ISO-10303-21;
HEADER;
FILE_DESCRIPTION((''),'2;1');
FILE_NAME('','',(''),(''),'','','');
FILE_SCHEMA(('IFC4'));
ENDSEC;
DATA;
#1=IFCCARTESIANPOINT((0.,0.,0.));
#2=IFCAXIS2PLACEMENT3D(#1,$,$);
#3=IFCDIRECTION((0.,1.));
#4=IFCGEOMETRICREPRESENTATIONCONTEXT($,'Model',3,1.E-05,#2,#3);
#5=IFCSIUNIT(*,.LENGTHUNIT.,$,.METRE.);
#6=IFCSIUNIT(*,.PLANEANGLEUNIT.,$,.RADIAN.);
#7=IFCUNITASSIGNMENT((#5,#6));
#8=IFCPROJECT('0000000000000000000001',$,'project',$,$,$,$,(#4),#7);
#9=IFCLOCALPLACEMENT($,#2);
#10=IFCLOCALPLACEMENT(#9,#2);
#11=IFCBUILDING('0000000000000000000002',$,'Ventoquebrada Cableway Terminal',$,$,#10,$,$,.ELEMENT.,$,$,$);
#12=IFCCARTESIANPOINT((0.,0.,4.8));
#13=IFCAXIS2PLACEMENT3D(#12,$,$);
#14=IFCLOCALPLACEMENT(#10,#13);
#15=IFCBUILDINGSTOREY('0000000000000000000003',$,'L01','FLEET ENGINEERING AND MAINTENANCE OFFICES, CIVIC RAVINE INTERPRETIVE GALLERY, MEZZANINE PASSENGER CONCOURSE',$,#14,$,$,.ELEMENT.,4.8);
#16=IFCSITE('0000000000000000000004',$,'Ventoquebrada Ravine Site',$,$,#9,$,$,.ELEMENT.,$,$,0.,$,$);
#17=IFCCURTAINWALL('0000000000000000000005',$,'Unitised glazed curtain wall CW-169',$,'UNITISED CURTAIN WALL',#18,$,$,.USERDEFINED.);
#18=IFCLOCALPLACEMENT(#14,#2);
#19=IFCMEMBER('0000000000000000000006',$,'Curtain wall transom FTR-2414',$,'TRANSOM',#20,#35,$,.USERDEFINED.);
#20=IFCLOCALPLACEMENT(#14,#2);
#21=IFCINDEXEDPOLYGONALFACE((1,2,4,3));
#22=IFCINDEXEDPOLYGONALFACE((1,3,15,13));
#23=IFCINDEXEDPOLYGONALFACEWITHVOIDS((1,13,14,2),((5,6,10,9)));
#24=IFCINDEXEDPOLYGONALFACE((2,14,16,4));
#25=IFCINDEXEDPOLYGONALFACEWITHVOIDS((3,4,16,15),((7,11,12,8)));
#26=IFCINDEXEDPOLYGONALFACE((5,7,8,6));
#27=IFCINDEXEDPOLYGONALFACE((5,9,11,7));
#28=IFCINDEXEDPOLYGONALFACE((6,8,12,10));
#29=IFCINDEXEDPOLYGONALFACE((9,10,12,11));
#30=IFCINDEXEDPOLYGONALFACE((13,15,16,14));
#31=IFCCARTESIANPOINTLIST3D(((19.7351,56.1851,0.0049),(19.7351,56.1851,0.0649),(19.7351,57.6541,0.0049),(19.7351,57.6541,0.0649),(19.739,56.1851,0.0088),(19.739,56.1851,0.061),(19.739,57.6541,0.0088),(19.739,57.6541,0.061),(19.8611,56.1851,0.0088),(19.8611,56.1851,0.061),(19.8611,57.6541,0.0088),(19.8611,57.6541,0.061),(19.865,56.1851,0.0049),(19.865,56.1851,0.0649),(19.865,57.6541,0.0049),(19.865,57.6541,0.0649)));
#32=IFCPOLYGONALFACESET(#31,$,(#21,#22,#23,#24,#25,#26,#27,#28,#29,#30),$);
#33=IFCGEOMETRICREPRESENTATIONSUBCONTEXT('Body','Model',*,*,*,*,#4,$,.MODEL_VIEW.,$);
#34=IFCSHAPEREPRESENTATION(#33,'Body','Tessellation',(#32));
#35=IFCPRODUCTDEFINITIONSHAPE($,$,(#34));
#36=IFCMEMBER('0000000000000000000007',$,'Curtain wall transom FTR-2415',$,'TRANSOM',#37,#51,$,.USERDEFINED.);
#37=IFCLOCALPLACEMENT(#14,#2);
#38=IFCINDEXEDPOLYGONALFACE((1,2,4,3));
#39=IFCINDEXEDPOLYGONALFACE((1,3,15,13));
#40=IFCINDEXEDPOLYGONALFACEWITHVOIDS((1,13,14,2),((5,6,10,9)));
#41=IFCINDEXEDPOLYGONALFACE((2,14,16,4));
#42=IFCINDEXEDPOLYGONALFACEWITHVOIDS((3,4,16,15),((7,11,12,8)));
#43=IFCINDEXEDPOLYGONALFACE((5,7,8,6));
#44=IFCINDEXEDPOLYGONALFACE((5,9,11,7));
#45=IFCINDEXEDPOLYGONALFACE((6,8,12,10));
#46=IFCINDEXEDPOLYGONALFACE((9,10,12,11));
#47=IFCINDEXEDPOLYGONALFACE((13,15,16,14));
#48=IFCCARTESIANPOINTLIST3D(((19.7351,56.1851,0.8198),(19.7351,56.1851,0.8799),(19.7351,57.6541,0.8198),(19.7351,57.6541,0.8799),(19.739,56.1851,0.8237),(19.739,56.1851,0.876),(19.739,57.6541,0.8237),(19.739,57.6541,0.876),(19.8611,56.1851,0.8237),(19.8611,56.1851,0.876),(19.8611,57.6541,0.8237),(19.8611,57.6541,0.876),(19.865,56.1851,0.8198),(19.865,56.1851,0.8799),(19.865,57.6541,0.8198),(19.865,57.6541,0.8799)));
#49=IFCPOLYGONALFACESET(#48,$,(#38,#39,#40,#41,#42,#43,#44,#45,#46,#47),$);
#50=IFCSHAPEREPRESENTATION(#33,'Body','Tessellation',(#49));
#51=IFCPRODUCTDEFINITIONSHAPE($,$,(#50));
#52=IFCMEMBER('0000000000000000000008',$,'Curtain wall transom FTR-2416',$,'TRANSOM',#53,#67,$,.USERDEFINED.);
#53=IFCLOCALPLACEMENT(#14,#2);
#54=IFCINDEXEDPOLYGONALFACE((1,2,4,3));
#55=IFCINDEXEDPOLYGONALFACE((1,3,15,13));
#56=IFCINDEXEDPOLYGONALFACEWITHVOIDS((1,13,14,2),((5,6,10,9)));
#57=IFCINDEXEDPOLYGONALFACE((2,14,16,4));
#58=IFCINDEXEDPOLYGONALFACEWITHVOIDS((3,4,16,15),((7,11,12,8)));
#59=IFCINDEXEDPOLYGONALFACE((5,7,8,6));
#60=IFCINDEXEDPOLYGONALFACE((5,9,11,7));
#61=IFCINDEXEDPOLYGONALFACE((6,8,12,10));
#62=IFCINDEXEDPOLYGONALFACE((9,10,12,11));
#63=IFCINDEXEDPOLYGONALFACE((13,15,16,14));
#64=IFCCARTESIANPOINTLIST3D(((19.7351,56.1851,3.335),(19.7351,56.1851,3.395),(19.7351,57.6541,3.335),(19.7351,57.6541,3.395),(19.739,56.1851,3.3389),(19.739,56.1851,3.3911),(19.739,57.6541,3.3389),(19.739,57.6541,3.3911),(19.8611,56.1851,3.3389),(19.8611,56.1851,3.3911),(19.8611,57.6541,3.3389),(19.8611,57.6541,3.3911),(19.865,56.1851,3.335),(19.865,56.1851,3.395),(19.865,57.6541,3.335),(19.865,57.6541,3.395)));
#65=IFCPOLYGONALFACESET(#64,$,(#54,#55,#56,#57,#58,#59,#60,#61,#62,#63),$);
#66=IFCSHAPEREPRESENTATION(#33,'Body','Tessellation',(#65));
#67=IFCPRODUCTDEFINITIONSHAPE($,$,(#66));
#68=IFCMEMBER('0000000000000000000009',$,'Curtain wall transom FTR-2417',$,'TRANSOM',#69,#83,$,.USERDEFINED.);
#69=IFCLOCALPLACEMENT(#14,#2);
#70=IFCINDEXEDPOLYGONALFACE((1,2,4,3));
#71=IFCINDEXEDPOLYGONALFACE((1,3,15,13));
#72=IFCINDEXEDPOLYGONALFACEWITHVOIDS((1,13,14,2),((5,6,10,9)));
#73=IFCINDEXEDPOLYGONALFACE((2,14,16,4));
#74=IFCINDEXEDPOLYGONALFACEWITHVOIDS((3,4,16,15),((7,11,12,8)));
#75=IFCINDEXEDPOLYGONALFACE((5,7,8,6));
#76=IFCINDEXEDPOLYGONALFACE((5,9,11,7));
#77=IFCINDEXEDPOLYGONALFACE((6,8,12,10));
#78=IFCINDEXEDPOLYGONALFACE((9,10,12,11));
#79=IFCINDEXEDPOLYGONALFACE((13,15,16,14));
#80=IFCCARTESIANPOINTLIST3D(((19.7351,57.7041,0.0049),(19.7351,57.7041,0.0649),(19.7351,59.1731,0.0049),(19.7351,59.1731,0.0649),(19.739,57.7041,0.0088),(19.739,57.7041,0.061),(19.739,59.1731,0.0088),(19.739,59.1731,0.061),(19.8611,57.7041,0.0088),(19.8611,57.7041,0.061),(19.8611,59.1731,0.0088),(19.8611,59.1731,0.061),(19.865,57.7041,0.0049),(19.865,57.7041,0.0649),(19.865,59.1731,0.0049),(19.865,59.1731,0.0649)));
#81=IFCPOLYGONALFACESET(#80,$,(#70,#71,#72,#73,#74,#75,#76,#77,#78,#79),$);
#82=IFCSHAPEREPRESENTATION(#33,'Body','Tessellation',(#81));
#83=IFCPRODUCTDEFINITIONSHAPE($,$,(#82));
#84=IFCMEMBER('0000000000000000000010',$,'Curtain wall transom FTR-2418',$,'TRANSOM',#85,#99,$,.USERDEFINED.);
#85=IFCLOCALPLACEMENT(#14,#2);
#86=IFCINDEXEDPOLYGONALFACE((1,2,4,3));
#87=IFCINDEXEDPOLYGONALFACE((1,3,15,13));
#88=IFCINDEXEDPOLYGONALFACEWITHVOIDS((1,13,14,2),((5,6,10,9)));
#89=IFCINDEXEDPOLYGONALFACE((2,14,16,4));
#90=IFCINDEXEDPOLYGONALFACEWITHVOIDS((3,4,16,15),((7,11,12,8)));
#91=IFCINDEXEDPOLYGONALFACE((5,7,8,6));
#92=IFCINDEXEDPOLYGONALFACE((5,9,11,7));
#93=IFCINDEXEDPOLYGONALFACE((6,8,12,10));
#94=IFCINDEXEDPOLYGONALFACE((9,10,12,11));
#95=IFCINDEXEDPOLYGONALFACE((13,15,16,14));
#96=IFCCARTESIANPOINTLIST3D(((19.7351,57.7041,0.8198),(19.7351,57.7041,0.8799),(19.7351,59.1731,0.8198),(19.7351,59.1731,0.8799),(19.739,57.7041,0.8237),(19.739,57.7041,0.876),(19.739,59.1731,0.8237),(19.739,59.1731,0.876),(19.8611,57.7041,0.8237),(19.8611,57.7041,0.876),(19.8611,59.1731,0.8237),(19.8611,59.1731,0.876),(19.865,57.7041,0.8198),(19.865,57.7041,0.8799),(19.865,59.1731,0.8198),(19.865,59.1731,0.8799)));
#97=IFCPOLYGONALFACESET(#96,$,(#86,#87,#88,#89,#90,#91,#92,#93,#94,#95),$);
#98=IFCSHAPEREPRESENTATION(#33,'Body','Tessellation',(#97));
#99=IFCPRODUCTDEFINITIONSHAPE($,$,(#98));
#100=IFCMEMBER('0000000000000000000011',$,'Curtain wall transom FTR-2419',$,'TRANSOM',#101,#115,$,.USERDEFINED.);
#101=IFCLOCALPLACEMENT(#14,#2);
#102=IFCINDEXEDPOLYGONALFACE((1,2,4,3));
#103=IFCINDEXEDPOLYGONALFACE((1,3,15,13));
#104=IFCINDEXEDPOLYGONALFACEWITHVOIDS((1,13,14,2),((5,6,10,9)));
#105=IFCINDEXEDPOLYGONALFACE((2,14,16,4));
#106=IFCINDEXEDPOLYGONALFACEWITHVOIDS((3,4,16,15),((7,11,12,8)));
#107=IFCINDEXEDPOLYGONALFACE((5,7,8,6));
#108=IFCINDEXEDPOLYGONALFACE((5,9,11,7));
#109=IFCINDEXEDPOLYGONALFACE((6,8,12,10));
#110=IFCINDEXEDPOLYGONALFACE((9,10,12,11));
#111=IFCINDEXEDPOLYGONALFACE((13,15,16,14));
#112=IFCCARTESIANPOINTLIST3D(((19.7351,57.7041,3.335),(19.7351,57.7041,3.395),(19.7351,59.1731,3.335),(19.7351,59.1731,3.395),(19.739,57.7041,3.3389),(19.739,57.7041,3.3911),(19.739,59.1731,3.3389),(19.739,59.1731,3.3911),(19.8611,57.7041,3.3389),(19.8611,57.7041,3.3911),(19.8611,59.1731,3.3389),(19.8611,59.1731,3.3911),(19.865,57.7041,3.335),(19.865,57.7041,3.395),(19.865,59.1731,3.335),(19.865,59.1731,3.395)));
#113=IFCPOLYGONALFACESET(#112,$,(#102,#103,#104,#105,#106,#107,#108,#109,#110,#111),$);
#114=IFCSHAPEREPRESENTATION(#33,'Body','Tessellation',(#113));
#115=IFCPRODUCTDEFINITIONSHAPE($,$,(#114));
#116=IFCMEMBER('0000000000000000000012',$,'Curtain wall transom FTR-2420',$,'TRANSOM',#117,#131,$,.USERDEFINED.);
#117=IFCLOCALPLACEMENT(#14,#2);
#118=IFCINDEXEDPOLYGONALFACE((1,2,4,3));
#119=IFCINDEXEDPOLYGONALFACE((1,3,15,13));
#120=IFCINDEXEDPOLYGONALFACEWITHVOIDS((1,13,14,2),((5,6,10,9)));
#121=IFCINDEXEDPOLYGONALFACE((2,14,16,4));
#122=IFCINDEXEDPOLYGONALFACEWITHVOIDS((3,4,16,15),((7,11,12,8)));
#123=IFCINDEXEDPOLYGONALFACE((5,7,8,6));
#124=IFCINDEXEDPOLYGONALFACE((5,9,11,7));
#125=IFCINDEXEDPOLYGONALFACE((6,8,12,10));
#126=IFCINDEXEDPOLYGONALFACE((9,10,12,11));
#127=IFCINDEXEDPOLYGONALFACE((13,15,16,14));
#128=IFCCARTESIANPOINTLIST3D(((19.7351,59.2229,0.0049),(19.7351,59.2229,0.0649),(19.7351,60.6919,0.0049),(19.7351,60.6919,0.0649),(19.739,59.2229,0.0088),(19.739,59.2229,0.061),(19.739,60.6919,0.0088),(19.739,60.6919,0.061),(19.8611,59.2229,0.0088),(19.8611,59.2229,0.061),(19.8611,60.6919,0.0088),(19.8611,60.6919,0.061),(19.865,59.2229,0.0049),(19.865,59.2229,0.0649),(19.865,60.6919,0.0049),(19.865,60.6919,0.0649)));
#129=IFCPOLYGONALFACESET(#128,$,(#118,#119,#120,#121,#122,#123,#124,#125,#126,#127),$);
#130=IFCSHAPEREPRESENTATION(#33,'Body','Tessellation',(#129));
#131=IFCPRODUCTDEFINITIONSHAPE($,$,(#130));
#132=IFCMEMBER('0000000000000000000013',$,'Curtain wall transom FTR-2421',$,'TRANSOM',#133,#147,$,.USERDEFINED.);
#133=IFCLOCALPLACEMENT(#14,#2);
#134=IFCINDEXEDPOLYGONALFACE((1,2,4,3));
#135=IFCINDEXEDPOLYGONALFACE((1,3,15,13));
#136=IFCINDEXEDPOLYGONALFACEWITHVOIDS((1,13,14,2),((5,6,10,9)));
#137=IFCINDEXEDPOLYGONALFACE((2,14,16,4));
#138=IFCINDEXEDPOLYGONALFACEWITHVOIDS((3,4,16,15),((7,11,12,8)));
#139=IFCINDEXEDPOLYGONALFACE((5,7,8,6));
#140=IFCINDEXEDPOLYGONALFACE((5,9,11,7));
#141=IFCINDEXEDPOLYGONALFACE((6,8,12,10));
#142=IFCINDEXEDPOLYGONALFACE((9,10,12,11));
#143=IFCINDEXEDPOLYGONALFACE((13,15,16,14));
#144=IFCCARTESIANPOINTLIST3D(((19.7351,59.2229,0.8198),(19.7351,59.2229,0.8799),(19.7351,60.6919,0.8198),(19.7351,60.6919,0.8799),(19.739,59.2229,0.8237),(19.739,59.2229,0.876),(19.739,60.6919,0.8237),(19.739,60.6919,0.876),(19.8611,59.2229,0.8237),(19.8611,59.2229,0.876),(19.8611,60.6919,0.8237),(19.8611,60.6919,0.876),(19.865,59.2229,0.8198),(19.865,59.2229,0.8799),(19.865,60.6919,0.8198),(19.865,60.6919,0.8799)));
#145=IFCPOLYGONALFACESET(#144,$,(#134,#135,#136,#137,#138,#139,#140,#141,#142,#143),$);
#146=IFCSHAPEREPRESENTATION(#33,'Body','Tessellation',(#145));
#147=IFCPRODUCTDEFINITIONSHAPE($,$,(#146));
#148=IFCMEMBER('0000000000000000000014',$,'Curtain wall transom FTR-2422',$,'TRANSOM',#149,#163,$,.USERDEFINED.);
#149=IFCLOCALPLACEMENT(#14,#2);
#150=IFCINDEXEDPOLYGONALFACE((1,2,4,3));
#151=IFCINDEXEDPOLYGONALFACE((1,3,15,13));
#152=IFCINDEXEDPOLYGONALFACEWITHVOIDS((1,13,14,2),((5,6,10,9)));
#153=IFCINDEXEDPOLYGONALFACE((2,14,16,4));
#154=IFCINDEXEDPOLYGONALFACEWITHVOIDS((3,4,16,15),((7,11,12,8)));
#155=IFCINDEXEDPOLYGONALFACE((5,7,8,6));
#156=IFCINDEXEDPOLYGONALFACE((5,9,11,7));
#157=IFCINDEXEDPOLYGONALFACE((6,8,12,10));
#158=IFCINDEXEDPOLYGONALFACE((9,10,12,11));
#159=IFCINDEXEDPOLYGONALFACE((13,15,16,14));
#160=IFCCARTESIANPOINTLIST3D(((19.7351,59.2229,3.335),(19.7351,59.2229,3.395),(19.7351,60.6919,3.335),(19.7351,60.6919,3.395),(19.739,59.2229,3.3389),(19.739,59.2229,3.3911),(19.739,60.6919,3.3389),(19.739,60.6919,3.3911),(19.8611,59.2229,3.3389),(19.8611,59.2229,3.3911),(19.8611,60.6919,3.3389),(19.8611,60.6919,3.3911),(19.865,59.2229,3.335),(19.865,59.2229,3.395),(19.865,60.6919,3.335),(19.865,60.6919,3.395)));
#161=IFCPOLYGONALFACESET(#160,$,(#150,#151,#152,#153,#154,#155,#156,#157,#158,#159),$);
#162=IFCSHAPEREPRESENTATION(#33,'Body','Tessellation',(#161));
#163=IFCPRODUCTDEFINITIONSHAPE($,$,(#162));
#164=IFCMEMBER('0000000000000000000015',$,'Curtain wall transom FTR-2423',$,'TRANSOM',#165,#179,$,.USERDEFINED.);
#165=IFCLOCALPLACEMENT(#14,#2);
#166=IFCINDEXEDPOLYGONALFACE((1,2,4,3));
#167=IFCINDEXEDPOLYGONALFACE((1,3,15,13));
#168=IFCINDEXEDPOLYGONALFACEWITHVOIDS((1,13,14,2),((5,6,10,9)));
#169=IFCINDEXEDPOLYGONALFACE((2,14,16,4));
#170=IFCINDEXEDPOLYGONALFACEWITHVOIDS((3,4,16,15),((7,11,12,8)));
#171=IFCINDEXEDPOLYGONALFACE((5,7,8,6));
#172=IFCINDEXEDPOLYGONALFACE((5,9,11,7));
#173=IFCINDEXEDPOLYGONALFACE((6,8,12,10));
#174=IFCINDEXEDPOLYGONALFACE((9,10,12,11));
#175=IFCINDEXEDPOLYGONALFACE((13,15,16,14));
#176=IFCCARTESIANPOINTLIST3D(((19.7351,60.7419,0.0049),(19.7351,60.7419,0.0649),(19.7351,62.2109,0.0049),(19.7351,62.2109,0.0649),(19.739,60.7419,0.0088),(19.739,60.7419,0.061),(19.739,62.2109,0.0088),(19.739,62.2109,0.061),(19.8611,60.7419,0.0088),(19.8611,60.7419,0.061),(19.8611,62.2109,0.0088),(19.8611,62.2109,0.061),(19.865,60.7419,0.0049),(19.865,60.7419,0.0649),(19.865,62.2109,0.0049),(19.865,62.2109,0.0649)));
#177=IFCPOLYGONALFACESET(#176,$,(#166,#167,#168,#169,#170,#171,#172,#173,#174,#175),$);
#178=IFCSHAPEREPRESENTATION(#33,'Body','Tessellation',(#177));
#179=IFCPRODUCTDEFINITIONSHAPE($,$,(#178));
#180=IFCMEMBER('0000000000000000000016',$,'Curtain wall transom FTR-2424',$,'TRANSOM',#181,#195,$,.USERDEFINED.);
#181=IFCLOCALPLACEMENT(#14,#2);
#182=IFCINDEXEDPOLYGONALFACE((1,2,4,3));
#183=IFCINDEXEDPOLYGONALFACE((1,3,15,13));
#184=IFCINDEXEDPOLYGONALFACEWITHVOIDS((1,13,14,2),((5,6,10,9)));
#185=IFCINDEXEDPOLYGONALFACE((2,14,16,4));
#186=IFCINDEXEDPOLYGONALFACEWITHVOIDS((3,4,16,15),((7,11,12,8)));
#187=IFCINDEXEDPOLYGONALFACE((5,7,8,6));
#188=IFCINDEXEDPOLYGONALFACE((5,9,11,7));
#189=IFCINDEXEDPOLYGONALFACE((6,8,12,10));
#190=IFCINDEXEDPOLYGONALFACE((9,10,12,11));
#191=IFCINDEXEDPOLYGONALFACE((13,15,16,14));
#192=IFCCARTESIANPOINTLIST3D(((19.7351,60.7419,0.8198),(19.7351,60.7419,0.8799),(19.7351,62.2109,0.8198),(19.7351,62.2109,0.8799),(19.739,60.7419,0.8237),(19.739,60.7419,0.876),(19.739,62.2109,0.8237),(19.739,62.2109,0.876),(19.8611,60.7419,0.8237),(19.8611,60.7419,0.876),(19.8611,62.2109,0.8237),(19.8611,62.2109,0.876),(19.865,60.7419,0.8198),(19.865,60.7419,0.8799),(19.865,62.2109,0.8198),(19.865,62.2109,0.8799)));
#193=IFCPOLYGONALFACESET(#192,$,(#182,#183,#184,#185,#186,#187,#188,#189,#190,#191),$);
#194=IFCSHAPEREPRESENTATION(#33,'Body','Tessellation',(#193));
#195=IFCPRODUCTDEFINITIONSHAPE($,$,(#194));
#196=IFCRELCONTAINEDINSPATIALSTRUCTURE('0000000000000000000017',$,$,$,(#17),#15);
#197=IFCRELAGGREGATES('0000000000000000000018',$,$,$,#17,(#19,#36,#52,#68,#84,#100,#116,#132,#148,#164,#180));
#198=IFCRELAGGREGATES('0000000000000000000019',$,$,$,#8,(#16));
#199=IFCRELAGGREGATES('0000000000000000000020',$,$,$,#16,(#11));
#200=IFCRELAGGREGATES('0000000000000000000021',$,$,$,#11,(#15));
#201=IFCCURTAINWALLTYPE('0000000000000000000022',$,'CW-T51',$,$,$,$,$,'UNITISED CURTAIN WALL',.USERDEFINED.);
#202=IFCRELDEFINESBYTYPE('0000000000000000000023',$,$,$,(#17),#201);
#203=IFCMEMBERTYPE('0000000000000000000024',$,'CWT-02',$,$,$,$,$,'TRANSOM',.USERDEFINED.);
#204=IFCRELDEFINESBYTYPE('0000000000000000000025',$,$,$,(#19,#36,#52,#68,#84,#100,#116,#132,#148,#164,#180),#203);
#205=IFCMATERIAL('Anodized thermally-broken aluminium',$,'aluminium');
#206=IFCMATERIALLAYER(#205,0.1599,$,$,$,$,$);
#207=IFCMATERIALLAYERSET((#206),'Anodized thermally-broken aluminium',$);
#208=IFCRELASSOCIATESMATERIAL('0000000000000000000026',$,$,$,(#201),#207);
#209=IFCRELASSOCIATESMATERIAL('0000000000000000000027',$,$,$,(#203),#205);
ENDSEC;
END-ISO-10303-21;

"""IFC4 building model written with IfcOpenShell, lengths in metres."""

from ifc_helpers import new_model, si_unit, direction, frame, origin, origin_2d, place, context, subcontext, project, spatial, hollow_rectangle, extrude, material, layer, layer_set, material_profile, profile_set, type_object, element, aggregate, save


model = new_model("IFC4")

# Units and contexts
model_context = context("Model", 3, precision=1e-05, world=origin(), true_north=direction((0.0, 1.0)))
body_context = subcontext(model_context, "Body", "Model", "MODEL_VIEW")
ifc_project = project(units=[si_unit("LENGTHUNIT", "METRE"), si_unit("PLANEANGLEUNIT", "RADIAN")], contexts=[model_context])

# Site, building, storey
site_placement = place(None, origin())
site = spatial("IfcSite", under=ifc_project, at=site_placement, Name="Ventoquebrada Ravine Site", CompositionType="ELEMENT", RefElevation=0.0)
building_placement = place(site_placement, origin())
building = spatial("IfcBuilding", under=site, at=building_placement, Name="Ventoquebrada Cableway Terminal", CompositionType="ELEMENT")
storey_placement = place(building_placement, frame((0.0, 0.0, 4.8)))
storey = spatial("IfcBuildingStorey", under=building, at=storey_placement, Name="L01", Description="FLEET ENGINEERING AND MAINTENANCE OFFICES, CIVIC RAVINE INTERPRETIVE GALLERY, MEZZANINE PASSENGER CONCOURSE", CompositionType="ELEMENT", Elevation=4.8)

# Curtain wall, members
ifc_material_1 = material(Name="Anodized thermally-broken aluminium", Category="aluminium")
ifc_layer_1 = layer(ifc_material_1, 0.1599)
ifc_layer_set_1 = layer_set([ifc_layer_1], Name="Anodized thermally-broken aluminium")
curtain_wall_type = type_object("IfcCurtainWallType", Name="CW-T51", ElementType="UNITISED CURTAIN WALL", PredefinedType="USERDEFINED", material=ifc_layer_set_1)
curtain_wall_placement = place(storey_placement, origin())
curtain_wall = element("IfcCurtainWall", 1, at=curtain_wall_placement, inside=storey, type_object=curtain_wall_type, Name="Unitised glazed curtain wall CW-169", ObjectType="UNITISED CURTAIN WALL", PredefinedType="USERDEFINED")
ifc_material_profile_1 = material_profile(ifc_material_1, hollow_rectangle(XDim=0.0601, YDim=0.1299, WallThickness=0.0039, at=origin_2d()), Name="CW-TRN-60X130")
ifc_profile_set_1 = profile_set([ifc_material_profile_1], Name="Anodized thermally-broken aluminium")
member_type_1 = type_object("IfcMemberType", Name="CWT-02", ElementType="TRANSOM", PredefinedType="USERDEFINED", material=ifc_profile_set_1)
member_1_placement = place(storey_placement, frame((19.8, 56.1851, 0.0349), z_axis=(0.0, 1.0, 0.0), x_axis=(0.0, 0.0, 1.0)))
member_1 = element("IfcMember", 2, at=member_1_placement, type_object=member_type_1, Name="Curtain wall transom FTR-2414", ObjectType="TRANSOM", PredefinedType="USERDEFINED", context=body_context, shape_type="SweptSolid", body=[
    extrude(hollow_rectangle(XDim=0.0601, YDim=0.1299, WallThickness=0.0039, at=origin_2d()), origin(), (0.0, 0.0, 1.0), 1.469),
])
member_2_placement = place(storey_placement, frame((19.8, 56.1851, 0.8499), z_axis=(0.0, 1.0, 0.0), x_axis=(0.0, 0.0, 1.0)))
member_2 = element("IfcMember", 3, at=member_2_placement, type_object=member_type_1, Name="Curtain wall transom FTR-2415", ObjectType="TRANSOM", PredefinedType="USERDEFINED", context=body_context, shape_type="SweptSolid", body=[
    extrude(hollow_rectangle(XDim=0.0601, YDim=0.1299, WallThickness=0.0039, at=origin_2d()), origin(), (0.0, 0.0, 1.0), 1.469),
])
member_3_placement = place(storey_placement, frame((19.8, 56.1851, 3.365), z_axis=(0.0, 1.0, 0.0), x_axis=(0.0, 0.0, 1.0)))
member_3 = element("IfcMember", 4, at=member_3_placement, type_object=member_type_1, Name="Curtain wall transom FTR-2416", ObjectType="TRANSOM", PredefinedType="USERDEFINED", context=body_context, shape_type="SweptSolid", body=[
    extrude(hollow_rectangle(XDim=0.0601, YDim=0.1299, WallThickness=0.0039, at=origin_2d()), origin(), (0.0, 0.0, 1.0), 1.469),
])
member_4_placement = place(storey_placement, frame((19.8, 57.7041, 0.0349), z_axis=(0.0, 1.0, 0.0), x_axis=(0.0, 0.0, 1.0)))
member_4 = element("IfcMember", 5, at=member_4_placement, type_object=member_type_1, Name="Curtain wall transom FTR-2417", ObjectType="TRANSOM", PredefinedType="USERDEFINED", context=body_context, shape_type="SweptSolid", body=[
    extrude(hollow_rectangle(XDim=0.0601, YDim=0.1299, WallThickness=0.0039, at=origin_2d()), origin(), (0.0, 0.0, 1.0), 1.469),
])
member_5_placement = place(storey_placement, frame((19.8, 57.7041, 0.8499), z_axis=(0.0, 1.0, 0.0), x_axis=(0.0, 0.0, 1.0)))
member_5 = element("IfcMember", 6, at=member_5_placement, type_object=member_type_1, Name="Curtain wall transom FTR-2418", ObjectType="TRANSOM", PredefinedType="USERDEFINED", context=body_context, shape_type="SweptSolid", body=[
    extrude(hollow_rectangle(XDim=0.0601, YDim=0.1299, WallThickness=0.0039, at=origin_2d()), origin(), (0.0, 0.0, 1.0), 1.469),
])
member_6_placement = place(storey_placement, frame((19.8, 57.7041, 3.365), z_axis=(0.0, 1.0, 0.0), x_axis=(0.0, 0.0, 1.0)))
member_6 = element("IfcMember", 7, at=member_6_placement, type_object=member_type_1, Name="Curtain wall transom FTR-2419", ObjectType="TRANSOM", PredefinedType="USERDEFINED", context=body_context, shape_type="SweptSolid", body=[
    extrude(hollow_rectangle(XDim=0.0601, YDim=0.1299, WallThickness=0.0039, at=origin_2d()), origin(), (0.0, 0.0, 1.0), 1.469),
])
member_7_placement = place(storey_placement, frame((19.8, 59.2229, 0.0349), z_axis=(0.0, 1.0, 0.0), x_axis=(0.0, 0.0, 1.0)))
member_7 = element("IfcMember", 8, at=member_7_placement, type_object=member_type_1, Name="Curtain wall transom FTR-2420", ObjectType="TRANSOM", PredefinedType="USERDEFINED", context=body_context, shape_type="SweptSolid", body=[
    extrude(hollow_rectangle(XDim=0.0601, YDim=0.1299, WallThickness=0.0039, at=origin_2d()), origin(), (0.0, 0.0, 1.0), 1.469),
])
member_8_placement = place(storey_placement, frame((19.8, 59.2229, 0.8499), z_axis=(0.0, 1.0, 0.0), x_axis=(0.0, 0.0, 1.0)))
member_8 = element("IfcMember", 9, at=member_8_placement, type_object=member_type_1, Name="Curtain wall transom FTR-2421", ObjectType="TRANSOM", PredefinedType="USERDEFINED", context=body_context, shape_type="SweptSolid", body=[
    extrude(hollow_rectangle(XDim=0.0601, YDim=0.1299, WallThickness=0.0039, at=origin_2d()), origin(), (0.0, 0.0, 1.0), 1.469),
])
member_9_placement = place(storey_placement, frame((19.8, 59.2229, 3.365), z_axis=(0.0, 1.0, 0.0), x_axis=(0.0, 0.0, 1.0)))
member_9 = element("IfcMember", 10, at=member_9_placement, type_object=member_type_1, Name="Curtain wall transom FTR-2422", ObjectType="TRANSOM", PredefinedType="USERDEFINED", context=body_context, shape_type="SweptSolid", body=[
    extrude(hollow_rectangle(XDim=0.0601, YDim=0.1299, WallThickness=0.0039, at=origin_2d()), origin(), (0.0, 0.0, 1.0), 1.469),
])
member_10_placement = place(storey_placement, frame((19.8, 60.7419, 0.0349), z_axis=(0.0, 1.0, 0.0), x_axis=(0.0, 0.0, 1.0)))
member_10 = element("IfcMember", 11, at=member_10_placement, type_object=member_type_1, Name="Curtain wall transom FTR-2423", ObjectType="TRANSOM", PredefinedType="USERDEFINED", context=body_context, shape_type="SweptSolid", body=[
    extrude(hollow_rectangle(XDim=0.0601, YDim=0.1299, WallThickness=0.0039, at=origin_2d()), origin(), (0.0, 0.0, 1.0), 1.469),
])
member_11_placement = place(storey_placement, frame((19.8, 60.7419, 0.8499), z_axis=(0.0, 1.0, 0.0), x_axis=(0.0, 0.0, 1.0)))
member_11 = element("IfcMember", 12, at=member_11_placement, type_object=member_type_1, Name="Curtain wall transom FTR-2424", ObjectType="TRANSOM", PredefinedType="USERDEFINED", context=body_context, shape_type="SweptSolid", body=[
    extrude(hollow_rectangle(XDim=0.0601, YDim=0.1299, WallThickness=0.0039, at=origin_2d()), origin(), (0.0, 0.0, 1.0), 1.469),
])

aggregate(curtain_wall, [member_1, member_2, member_3, member_4, member_5, member_6, member_7, member_8, member_9, member_10, member_11])

save(model, "model.ifc")
